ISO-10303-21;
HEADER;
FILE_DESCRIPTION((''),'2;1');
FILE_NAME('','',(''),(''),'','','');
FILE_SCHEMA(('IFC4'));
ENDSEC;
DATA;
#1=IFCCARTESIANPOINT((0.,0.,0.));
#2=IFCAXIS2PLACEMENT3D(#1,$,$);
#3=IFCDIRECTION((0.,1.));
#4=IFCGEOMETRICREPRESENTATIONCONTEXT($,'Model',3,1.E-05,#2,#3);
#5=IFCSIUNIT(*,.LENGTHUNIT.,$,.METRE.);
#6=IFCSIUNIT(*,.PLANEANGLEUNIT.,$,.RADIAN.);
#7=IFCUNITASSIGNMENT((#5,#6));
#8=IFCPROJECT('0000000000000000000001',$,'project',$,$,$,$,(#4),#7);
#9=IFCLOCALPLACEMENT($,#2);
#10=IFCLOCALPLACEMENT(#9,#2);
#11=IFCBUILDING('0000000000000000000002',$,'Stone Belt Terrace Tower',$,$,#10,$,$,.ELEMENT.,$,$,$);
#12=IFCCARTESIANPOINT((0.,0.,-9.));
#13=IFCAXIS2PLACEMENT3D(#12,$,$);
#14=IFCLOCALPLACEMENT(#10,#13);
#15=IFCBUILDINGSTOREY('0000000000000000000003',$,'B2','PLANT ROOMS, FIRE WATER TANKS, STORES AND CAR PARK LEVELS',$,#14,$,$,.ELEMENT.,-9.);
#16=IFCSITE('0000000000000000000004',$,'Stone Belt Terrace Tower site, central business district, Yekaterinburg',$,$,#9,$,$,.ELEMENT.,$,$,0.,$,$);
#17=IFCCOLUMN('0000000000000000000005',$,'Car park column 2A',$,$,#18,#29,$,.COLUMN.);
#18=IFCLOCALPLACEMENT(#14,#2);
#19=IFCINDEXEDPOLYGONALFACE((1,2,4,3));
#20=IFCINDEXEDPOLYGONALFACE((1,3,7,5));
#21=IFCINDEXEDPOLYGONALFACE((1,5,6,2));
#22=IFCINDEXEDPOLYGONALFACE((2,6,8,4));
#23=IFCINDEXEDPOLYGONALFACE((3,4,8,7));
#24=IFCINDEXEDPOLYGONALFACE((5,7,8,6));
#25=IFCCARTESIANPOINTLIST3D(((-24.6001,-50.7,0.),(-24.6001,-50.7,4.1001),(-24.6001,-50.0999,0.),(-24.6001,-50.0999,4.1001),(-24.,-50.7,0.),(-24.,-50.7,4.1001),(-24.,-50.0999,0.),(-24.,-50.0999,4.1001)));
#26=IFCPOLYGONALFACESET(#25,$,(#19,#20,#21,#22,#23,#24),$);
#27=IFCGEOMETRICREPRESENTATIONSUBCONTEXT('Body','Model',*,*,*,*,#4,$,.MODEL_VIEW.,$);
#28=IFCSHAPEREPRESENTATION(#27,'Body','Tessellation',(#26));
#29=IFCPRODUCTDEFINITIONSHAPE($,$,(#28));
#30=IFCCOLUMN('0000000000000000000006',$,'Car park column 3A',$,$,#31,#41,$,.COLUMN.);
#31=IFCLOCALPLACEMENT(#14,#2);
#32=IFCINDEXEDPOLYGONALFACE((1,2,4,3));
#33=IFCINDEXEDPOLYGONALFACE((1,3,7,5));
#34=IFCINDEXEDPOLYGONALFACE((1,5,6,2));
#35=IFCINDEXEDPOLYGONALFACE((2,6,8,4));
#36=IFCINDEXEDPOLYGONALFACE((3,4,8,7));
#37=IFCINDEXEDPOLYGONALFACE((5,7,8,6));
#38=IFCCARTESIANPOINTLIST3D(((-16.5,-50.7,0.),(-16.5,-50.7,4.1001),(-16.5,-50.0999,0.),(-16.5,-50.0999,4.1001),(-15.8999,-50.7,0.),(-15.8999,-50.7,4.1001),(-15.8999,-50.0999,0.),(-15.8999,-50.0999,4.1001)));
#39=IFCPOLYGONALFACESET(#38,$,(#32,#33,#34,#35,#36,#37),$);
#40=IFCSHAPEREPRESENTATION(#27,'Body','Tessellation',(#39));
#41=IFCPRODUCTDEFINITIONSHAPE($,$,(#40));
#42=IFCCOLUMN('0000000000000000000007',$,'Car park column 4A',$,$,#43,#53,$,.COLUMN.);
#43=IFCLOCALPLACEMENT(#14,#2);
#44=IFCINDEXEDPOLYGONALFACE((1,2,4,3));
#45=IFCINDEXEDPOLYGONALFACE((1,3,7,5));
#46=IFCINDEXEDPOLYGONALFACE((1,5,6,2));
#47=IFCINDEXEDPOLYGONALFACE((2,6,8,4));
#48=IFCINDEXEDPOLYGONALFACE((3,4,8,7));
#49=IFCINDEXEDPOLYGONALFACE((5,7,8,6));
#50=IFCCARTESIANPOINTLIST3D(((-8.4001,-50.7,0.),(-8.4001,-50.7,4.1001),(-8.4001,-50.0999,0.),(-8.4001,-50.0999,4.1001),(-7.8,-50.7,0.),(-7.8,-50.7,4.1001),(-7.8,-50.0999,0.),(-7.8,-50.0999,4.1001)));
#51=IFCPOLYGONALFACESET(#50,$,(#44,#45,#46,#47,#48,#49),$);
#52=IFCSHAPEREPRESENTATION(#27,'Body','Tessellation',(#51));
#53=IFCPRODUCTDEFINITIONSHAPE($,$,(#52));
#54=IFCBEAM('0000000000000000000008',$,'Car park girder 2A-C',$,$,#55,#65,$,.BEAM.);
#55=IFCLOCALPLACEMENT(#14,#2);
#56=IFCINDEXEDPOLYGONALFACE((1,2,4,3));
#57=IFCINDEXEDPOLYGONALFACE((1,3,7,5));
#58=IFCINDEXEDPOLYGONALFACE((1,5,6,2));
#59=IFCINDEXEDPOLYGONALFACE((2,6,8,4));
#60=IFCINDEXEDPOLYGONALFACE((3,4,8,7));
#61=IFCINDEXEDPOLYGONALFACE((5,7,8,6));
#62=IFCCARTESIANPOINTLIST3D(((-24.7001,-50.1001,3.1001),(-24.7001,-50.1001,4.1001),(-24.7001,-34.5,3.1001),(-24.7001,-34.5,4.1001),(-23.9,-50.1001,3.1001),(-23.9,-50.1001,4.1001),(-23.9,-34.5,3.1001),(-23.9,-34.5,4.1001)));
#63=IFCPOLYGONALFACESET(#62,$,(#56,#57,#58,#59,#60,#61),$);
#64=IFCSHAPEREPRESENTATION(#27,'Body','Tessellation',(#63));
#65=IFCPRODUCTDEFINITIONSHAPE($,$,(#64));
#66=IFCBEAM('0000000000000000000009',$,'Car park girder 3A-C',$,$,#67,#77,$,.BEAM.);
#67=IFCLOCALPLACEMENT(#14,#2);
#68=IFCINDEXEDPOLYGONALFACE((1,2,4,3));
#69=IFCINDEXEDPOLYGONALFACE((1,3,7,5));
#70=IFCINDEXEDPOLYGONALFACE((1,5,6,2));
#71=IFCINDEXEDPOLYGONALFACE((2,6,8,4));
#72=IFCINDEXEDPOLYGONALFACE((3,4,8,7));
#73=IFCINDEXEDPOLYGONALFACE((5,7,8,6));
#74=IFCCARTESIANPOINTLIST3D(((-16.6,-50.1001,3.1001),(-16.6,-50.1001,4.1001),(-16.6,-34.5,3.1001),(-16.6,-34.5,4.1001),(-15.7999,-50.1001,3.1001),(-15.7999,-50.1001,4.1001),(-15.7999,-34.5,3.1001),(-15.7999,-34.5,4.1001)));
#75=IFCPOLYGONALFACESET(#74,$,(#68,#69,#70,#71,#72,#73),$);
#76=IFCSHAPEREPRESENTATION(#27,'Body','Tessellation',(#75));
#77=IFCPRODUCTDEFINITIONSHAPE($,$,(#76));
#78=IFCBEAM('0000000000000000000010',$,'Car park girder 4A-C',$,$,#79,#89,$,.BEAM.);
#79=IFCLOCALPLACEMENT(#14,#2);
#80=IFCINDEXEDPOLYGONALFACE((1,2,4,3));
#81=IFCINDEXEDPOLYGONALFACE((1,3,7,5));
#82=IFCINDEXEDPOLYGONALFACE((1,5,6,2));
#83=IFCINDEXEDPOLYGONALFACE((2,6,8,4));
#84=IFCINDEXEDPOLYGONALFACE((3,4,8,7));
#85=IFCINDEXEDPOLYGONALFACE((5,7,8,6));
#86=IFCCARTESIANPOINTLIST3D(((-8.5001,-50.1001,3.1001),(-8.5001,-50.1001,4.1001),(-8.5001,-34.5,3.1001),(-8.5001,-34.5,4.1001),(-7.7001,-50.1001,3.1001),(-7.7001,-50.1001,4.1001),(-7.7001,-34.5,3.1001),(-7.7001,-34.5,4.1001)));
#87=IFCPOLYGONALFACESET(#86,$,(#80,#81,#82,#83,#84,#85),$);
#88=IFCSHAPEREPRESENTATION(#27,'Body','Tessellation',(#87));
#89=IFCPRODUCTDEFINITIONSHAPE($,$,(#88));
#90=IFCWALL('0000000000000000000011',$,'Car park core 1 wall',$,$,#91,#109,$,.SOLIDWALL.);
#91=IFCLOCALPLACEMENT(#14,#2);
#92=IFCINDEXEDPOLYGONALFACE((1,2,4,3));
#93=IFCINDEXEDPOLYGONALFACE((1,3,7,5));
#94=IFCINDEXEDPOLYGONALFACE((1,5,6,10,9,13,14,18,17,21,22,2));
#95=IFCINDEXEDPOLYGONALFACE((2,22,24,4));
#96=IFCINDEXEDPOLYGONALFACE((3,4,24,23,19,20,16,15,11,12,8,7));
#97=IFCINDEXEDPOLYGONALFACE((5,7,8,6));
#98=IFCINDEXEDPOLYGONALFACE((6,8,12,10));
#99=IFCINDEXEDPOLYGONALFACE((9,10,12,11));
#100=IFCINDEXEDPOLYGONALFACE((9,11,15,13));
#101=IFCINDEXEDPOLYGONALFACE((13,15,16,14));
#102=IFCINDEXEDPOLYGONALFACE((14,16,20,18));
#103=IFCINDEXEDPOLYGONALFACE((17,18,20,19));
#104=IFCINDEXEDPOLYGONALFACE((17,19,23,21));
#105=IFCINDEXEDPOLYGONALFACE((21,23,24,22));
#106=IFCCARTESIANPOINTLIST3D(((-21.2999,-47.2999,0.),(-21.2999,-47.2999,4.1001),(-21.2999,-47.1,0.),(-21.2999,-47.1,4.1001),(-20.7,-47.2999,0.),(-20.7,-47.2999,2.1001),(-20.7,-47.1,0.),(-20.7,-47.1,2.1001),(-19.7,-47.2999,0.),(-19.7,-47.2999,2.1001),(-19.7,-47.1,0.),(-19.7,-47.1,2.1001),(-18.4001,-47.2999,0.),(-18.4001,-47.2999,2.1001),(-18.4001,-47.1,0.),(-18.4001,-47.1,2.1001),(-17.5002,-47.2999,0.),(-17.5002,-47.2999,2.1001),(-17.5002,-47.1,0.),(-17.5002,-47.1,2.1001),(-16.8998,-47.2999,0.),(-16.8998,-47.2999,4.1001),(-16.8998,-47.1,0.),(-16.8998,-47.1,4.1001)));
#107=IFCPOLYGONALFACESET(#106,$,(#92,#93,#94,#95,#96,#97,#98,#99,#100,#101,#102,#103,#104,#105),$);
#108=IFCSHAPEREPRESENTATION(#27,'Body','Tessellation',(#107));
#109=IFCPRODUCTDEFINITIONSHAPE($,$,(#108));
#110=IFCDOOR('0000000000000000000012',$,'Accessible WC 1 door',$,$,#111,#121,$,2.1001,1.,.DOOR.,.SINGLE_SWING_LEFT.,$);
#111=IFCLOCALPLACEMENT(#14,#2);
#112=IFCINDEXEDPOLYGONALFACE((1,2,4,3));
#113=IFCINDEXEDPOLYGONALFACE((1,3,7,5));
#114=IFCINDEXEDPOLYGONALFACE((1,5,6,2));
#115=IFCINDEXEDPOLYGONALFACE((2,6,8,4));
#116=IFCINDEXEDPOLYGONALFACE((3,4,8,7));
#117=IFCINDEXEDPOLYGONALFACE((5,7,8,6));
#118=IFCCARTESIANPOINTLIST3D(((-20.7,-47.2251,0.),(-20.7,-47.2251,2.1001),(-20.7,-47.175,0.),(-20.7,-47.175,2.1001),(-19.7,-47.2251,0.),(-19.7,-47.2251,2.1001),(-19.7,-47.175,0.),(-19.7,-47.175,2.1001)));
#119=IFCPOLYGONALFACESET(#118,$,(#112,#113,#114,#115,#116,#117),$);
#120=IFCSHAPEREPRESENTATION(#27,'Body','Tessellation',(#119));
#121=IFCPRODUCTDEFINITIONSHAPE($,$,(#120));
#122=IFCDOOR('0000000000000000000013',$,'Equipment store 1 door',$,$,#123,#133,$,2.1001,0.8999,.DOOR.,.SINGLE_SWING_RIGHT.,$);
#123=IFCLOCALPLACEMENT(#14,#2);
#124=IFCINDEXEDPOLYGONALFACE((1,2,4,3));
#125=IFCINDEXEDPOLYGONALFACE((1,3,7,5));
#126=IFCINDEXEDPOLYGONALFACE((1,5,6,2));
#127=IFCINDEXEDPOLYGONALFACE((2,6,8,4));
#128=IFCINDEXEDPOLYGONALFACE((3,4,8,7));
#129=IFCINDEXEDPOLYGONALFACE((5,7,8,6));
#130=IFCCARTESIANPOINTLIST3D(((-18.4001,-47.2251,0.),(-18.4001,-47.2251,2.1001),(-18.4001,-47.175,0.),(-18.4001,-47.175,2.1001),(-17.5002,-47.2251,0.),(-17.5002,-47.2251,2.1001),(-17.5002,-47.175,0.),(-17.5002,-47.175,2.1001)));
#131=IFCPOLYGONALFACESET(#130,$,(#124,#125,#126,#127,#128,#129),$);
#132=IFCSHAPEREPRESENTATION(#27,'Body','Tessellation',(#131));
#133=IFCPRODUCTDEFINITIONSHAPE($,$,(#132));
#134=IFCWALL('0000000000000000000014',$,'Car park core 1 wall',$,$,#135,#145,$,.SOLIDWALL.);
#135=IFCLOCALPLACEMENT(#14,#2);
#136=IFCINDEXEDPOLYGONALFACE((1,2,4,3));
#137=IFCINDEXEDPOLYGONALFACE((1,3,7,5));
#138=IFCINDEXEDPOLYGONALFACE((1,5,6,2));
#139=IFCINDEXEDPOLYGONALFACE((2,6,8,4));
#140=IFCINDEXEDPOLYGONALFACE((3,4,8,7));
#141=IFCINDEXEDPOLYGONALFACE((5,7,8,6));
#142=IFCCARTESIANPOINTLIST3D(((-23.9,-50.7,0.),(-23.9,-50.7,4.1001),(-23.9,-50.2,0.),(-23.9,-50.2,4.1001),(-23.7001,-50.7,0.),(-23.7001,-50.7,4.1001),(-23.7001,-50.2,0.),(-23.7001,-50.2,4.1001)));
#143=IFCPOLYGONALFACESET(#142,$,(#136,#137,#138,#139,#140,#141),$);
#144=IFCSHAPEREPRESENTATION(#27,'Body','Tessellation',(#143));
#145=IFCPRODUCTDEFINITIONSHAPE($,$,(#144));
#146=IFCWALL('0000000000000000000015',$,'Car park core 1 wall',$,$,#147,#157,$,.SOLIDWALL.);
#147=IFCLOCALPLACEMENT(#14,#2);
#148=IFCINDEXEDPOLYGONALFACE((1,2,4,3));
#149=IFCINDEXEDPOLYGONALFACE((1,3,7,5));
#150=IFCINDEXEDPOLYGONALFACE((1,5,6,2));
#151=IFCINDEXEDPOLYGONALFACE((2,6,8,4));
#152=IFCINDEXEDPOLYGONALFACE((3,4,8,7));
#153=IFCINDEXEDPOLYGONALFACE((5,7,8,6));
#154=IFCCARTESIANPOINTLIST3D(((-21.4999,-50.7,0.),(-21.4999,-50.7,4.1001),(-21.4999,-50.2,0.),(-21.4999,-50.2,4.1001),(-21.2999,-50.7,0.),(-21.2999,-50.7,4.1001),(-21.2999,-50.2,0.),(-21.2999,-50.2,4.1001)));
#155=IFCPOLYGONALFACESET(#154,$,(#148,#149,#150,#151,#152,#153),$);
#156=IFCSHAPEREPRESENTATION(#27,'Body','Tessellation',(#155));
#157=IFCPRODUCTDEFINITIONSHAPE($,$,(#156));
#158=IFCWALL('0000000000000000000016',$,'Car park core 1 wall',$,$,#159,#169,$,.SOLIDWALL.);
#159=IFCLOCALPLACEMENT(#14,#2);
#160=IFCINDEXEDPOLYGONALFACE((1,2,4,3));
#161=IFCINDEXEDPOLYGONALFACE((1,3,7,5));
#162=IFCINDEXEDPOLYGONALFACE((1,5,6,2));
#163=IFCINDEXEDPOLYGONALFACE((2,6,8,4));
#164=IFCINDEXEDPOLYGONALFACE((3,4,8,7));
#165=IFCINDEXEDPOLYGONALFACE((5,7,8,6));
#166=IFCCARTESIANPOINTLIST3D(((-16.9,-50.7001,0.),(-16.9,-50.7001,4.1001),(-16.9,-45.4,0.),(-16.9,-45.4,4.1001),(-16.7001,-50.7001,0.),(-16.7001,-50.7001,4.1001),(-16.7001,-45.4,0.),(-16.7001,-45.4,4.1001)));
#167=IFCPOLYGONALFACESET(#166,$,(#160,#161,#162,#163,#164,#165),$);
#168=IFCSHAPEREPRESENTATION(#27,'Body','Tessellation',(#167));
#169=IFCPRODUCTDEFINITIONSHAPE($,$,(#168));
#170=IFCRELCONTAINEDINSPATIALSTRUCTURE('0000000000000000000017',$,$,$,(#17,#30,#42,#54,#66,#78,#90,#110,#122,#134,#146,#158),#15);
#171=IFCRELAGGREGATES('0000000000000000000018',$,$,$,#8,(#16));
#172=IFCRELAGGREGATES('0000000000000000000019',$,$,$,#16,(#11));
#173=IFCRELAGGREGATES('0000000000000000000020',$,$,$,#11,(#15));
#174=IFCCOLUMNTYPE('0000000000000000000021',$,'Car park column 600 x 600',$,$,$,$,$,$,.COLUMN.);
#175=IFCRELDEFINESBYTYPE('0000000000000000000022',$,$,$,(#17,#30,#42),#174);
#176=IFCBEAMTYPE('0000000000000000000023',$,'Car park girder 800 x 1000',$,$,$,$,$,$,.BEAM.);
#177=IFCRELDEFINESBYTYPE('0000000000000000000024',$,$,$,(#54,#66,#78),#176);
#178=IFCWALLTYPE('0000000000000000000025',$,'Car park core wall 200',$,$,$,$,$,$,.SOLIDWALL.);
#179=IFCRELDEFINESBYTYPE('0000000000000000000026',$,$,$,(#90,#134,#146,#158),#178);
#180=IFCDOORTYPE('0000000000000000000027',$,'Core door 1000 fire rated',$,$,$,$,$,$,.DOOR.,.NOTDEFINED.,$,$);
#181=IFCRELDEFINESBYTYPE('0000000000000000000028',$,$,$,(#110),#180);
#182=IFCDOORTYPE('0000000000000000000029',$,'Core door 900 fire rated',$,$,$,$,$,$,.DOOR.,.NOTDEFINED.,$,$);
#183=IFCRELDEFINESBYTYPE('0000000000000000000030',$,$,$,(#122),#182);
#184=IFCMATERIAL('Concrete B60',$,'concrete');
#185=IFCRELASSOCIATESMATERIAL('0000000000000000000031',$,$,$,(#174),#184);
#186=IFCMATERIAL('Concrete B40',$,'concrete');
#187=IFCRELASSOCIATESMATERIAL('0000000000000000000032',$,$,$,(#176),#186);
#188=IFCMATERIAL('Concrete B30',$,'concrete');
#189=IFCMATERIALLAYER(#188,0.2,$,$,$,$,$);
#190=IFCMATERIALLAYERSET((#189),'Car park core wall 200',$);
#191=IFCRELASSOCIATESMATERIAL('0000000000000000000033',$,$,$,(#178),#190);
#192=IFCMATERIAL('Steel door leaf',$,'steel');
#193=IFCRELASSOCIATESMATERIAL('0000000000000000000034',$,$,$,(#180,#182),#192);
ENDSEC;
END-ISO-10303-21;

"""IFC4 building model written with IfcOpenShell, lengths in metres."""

from ifc_helpers import new_model, si_unit, direction, frame, frame_2d, origin, origin_2d, place, context, subcontext, project, spatial, rectangle, extrude, material, layer, layer_set, material_profile, profile_set, type_object, element, fill, save


model = new_model("IFC4")

# Units and contexts
model_context = context("Model", 3, precision=1e-05, world=origin(), true_north=direction((0.0, 1.0)))
body_context = subcontext(model_context, "Body", "Model", "MODEL_VIEW")
ifc_project = project(units=[si_unit("LENGTHUNIT", "METRE"), si_unit("PLANEANGLEUNIT", "RADIAN")], contexts=[model_context])

# Site, building, storey
site_placement = place(None, origin())
site = spatial("IfcSite", under=ifc_project, at=site_placement, Name="Stone Belt Terrace Tower site, central business district, Yekaterinburg", CompositionType="ELEMENT", RefElevation=0.0)
building_placement = place(site_placement, origin())
building = spatial("IfcBuilding", under=site, at=building_placement, Name="Stone Belt Terrace Tower", CompositionType="ELEMENT")
storey_placement = place(building_placement, frame((0.0, 0.0, -9.0)))
storey = spatial("IfcBuildingStorey", under=building, at=storey_placement, Name="B2", Description="PLANT ROOMS, FIRE WATER TANKS, STORES AND CAR PARK LEVELS", CompositionType="ELEMENT", Elevation=-9.0)

# Columns
ifc_material_1 = material(Name="Concrete B60", Category="concrete")
ifc_material_profile_1 = material_profile(ifc_material_1, rectangle(XDim=0.6001, YDim=0.6001, at=origin_2d()), Name="Car park column 600 x 600")
ifc_profile_set_1 = profile_set([ifc_material_profile_1], Name="Concrete B60")
column_type = type_object("IfcColumnType", Name="Car park column 600 x 600", PredefinedType="COLUMN", material=ifc_profile_set_1)
for number, where, z_axis, x_axis, name in (
    (1, (-24.3, -50.3999, 0.0), (0.0, 0.0, 1.0), (1.0, 0.0, 0.0), "Car park column 2A"),
    (2, (-16.2, -50.3999, 0.0), (0.0, 0.0, 1.0), (1.0, 0.0, 0.0), "Car park column 3A"),
    (3, (-8.1001, -50.3999, 0.0), (0.0, 0.0, 1.0), (1.0, 0.0, 0.0), "Car park column 4A"),
):
    element("IfcColumn", number, at=place(storey_placement, frame(where, z_axis=z_axis, x_axis=x_axis)), inside=storey, type_object=column_type, Name=name, PredefinedType="COLUMN", context=body_context, shape_type="SweptSolid", body=[
        extrude(rectangle(XDim=0.6001, YDim=0.6001, at=origin_2d()), origin(), (0.0, 0.0, 1.0), 4.1001),
    ])

# Beams
ifc_material_2 = material(Name="Concrete B40", Category="concrete")
ifc_material_profile_2 = material_profile(ifc_material_2, rectangle(XDim=0.8, YDim=1.0, at=origin_2d()), Name="Car park girder 800 x 1000")
ifc_profile_set_2 = profile_set([ifc_material_profile_2], Name="Concrete B40")
beam_type = type_object("IfcBeamType", Name="Car park girder 800 x 1000", PredefinedType="BEAM", material=ifc_profile_set_2)
for number, where, z_axis, x_axis, name in (
    (4, (-24.3, -50.1001, 3.6001), (0.0, 1.0, 0.0), (-1.0, 0.0, 0.0), "Car park girder 2A-C"),
    (5, (-16.2, -50.1001, 3.6001), (0.0, 1.0, 0.0), (-1.0, 0.0, 0.0), "Car park girder 3A-C"),
    (6, (-8.1001, -50.1001, 3.6001), (0.0, 1.0, 0.0), (-1.0, 0.0, 0.0), "Car park girder 4A-C"),
):
    element("IfcBeam", number, at=place(storey_placement, frame(where, z_axis=z_axis, x_axis=x_axis)), inside=storey, type_object=beam_type, Name=name, PredefinedType="BEAM", context=body_context, shape_type="SweptSolid", body=[
        extrude(rectangle(XDim=0.8, YDim=1.0, at=origin_2d()), origin(), (0.0, 0.0, 1.0), 15.6001),
    ])

# Wall, openings, doors
ifc_material_3 = material(Name="Concrete B30", Category="concrete")
ifc_layer_1 = layer(ifc_material_3, 0.2)
ifc_layer_set_1 = layer_set([ifc_layer_1], Name="Car park core wall 200")
wall_type_1 = type_object("IfcWallType", Name="Car park core wall 200", PredefinedType="SOLIDWALL", material=ifc_layer_set_1)
wall_1_placement = place(storey_placement, frame((-21.3, -47.2, 0.0), z_axis=(0.0, 0.0, 1.0), x_axis=(1.0, 0.0, 0.0)))
wall_1 = element("IfcWall", 7, at=wall_1_placement, inside=storey, type_object=wall_type_1, Name="Car park core 1 wall", PredefinedType="SOLIDWALL", context=body_context, shape_type="SweptSolid", body=[
    extrude(rectangle(XDim=4.4001, YDim=0.2, at=frame_2d((2.2002, 0.0))), origin(), (0.0, 0.0, 1.0), 4.1001),
])
opening_1_placement = place(wall_1_placement, frame((0.6001, 0.0, 0.0)))
opening_1 = element("IfcOpeningElement", 8, at=opening_1_placement, cuts=wall_1, PredefinedType="OPENING", context=body_context, shape_type="SweptSolid", body=[
    extrude(rectangle(XDim=1.0, YDim=2.1001, at=frame_2d((0.5, 1.05))), frame((0.0, 0.1099, 0.0), z_axis=(0.0, -1.0, 0.0), x_axis=(1.0, 0.0, 0.0)), (0.0, 0.0, 1.0), 0.22),
])
opening_2_placement = place(wall_1_placement, frame((2.8999, 0.0, 0.0)))
opening_2 = element("IfcOpeningElement", 9, at=opening_2_placement, cuts=wall_1, PredefinedType="OPENING", context=body_context, shape_type="SweptSolid", body=[
    extrude(rectangle(XDim=0.8999, YDim=2.1001, at=frame_2d((0.45, 1.05))), frame((0.0, 0.1099, 0.0), z_axis=(0.0, -1.0, 0.0), x_axis=(1.0, 0.0, 0.0)), (0.0, 0.0, 1.0), 0.22),
])
ifc_material_4 = material(Name="Steel door leaf", Category="steel")
door_type_1 = type_object("IfcDoorType", Name="Core door 1000 fire rated", OperationType="NOTDEFINED", PredefinedType="DOOR", material=ifc_material_4)
door_1_placement = place(opening_1_placement, origin())
door_1 = element("IfcDoor", 10, at=door_1_placement, inside=storey, type_object=door_type_1, Name="Accessible WC 1 door", OperationType="SINGLE_SWING_LEFT", OverallHeight=2.1001, OverallWidth=1.0, PredefinedType="DOOR", context=body_context, shape_type="SweptSolid", body=[
    extrude(rectangle(XDim=1.0, YDim=2.1001, at=frame_2d((0.5, 1.05))), frame((0.0, 0.0249, 0.0), z_axis=(0.0, -1.0, 0.0), x_axis=(1.0, 0.0, 0.0)), (0.0, 0.0, 1.0), 0.05),
])
fill(opening_1, door_1)
door_type_2 = type_object("IfcDoorType", Name="Core door 900 fire rated", OperationType="NOTDEFINED", PredefinedType="DOOR", material=ifc_material_4)
door_2_placement = place(opening_2_placement, origin())
door_2 = element("IfcDoor", 11, at=door_2_placement, inside=storey, type_object=door_type_2, Name="Equipment store 1 door", OperationType="SINGLE_SWING_RIGHT", OverallHeight=2.1001, OverallWidth=0.8999, PredefinedType="DOOR", context=body_context, shape_type="SweptSolid", body=[
    extrude(rectangle(XDim=0.8999, YDim=2.1001, at=frame_2d((0.45, 1.05))), frame((0.0, 0.0249, 0.0), z_axis=(0.0, -1.0, 0.0), x_axis=(1.0, 0.0, 0.0)), (0.0, 0.0, 1.0), 0.05),
])
fill(opening_2, door_2)

# Walls
for number, where, z_axis, x_axis, name in (
    (12, (-23.8, -50.7, 0.0), (0.0, 0.0, 1.0), (0.0, 1.0, 0.0), "Car park core 1 wall"),
    (13, (-21.3999, -50.7, 0.0), (0.0, 0.0, 1.0), (0.0, 1.0, 0.0), "Car park core 1 wall"),
):
    element("IfcWall", number, at=place(storey_placement, frame(where, z_axis=z_axis, x_axis=x_axis)), inside=storey, type_object=wall_type_1, Name=name, PredefinedType="SOLIDWALL", context=body_context, shape_type="SweptSolid", body=[
        extrude(rectangle(XDim=0.5, YDim=0.2, at=frame_2d((0.25, 0.0))), origin(), (0.0, 0.0, 1.0), 4.1001),
    ])
wall_2_placement = place(storey_placement, frame((-16.8, -50.7, 0.0), z_axis=(0.0, 0.0, 1.0), x_axis=(0.0, 1.0, 0.0)))
element("IfcWall", 14, at=wall_2_placement, inside=storey, type_object=wall_type_1, Name="Car park core 1 wall", PredefinedType="SOLIDWALL", context=body_context, shape_type="SweptSolid", body=[
    extrude(rectangle(XDim=5.3, YDim=0.2, at=frame_2d((2.6499, 0.0))), origin(), (0.0, 0.0, 1.0), 4.1001),
])

save(model, "model.ifc")
